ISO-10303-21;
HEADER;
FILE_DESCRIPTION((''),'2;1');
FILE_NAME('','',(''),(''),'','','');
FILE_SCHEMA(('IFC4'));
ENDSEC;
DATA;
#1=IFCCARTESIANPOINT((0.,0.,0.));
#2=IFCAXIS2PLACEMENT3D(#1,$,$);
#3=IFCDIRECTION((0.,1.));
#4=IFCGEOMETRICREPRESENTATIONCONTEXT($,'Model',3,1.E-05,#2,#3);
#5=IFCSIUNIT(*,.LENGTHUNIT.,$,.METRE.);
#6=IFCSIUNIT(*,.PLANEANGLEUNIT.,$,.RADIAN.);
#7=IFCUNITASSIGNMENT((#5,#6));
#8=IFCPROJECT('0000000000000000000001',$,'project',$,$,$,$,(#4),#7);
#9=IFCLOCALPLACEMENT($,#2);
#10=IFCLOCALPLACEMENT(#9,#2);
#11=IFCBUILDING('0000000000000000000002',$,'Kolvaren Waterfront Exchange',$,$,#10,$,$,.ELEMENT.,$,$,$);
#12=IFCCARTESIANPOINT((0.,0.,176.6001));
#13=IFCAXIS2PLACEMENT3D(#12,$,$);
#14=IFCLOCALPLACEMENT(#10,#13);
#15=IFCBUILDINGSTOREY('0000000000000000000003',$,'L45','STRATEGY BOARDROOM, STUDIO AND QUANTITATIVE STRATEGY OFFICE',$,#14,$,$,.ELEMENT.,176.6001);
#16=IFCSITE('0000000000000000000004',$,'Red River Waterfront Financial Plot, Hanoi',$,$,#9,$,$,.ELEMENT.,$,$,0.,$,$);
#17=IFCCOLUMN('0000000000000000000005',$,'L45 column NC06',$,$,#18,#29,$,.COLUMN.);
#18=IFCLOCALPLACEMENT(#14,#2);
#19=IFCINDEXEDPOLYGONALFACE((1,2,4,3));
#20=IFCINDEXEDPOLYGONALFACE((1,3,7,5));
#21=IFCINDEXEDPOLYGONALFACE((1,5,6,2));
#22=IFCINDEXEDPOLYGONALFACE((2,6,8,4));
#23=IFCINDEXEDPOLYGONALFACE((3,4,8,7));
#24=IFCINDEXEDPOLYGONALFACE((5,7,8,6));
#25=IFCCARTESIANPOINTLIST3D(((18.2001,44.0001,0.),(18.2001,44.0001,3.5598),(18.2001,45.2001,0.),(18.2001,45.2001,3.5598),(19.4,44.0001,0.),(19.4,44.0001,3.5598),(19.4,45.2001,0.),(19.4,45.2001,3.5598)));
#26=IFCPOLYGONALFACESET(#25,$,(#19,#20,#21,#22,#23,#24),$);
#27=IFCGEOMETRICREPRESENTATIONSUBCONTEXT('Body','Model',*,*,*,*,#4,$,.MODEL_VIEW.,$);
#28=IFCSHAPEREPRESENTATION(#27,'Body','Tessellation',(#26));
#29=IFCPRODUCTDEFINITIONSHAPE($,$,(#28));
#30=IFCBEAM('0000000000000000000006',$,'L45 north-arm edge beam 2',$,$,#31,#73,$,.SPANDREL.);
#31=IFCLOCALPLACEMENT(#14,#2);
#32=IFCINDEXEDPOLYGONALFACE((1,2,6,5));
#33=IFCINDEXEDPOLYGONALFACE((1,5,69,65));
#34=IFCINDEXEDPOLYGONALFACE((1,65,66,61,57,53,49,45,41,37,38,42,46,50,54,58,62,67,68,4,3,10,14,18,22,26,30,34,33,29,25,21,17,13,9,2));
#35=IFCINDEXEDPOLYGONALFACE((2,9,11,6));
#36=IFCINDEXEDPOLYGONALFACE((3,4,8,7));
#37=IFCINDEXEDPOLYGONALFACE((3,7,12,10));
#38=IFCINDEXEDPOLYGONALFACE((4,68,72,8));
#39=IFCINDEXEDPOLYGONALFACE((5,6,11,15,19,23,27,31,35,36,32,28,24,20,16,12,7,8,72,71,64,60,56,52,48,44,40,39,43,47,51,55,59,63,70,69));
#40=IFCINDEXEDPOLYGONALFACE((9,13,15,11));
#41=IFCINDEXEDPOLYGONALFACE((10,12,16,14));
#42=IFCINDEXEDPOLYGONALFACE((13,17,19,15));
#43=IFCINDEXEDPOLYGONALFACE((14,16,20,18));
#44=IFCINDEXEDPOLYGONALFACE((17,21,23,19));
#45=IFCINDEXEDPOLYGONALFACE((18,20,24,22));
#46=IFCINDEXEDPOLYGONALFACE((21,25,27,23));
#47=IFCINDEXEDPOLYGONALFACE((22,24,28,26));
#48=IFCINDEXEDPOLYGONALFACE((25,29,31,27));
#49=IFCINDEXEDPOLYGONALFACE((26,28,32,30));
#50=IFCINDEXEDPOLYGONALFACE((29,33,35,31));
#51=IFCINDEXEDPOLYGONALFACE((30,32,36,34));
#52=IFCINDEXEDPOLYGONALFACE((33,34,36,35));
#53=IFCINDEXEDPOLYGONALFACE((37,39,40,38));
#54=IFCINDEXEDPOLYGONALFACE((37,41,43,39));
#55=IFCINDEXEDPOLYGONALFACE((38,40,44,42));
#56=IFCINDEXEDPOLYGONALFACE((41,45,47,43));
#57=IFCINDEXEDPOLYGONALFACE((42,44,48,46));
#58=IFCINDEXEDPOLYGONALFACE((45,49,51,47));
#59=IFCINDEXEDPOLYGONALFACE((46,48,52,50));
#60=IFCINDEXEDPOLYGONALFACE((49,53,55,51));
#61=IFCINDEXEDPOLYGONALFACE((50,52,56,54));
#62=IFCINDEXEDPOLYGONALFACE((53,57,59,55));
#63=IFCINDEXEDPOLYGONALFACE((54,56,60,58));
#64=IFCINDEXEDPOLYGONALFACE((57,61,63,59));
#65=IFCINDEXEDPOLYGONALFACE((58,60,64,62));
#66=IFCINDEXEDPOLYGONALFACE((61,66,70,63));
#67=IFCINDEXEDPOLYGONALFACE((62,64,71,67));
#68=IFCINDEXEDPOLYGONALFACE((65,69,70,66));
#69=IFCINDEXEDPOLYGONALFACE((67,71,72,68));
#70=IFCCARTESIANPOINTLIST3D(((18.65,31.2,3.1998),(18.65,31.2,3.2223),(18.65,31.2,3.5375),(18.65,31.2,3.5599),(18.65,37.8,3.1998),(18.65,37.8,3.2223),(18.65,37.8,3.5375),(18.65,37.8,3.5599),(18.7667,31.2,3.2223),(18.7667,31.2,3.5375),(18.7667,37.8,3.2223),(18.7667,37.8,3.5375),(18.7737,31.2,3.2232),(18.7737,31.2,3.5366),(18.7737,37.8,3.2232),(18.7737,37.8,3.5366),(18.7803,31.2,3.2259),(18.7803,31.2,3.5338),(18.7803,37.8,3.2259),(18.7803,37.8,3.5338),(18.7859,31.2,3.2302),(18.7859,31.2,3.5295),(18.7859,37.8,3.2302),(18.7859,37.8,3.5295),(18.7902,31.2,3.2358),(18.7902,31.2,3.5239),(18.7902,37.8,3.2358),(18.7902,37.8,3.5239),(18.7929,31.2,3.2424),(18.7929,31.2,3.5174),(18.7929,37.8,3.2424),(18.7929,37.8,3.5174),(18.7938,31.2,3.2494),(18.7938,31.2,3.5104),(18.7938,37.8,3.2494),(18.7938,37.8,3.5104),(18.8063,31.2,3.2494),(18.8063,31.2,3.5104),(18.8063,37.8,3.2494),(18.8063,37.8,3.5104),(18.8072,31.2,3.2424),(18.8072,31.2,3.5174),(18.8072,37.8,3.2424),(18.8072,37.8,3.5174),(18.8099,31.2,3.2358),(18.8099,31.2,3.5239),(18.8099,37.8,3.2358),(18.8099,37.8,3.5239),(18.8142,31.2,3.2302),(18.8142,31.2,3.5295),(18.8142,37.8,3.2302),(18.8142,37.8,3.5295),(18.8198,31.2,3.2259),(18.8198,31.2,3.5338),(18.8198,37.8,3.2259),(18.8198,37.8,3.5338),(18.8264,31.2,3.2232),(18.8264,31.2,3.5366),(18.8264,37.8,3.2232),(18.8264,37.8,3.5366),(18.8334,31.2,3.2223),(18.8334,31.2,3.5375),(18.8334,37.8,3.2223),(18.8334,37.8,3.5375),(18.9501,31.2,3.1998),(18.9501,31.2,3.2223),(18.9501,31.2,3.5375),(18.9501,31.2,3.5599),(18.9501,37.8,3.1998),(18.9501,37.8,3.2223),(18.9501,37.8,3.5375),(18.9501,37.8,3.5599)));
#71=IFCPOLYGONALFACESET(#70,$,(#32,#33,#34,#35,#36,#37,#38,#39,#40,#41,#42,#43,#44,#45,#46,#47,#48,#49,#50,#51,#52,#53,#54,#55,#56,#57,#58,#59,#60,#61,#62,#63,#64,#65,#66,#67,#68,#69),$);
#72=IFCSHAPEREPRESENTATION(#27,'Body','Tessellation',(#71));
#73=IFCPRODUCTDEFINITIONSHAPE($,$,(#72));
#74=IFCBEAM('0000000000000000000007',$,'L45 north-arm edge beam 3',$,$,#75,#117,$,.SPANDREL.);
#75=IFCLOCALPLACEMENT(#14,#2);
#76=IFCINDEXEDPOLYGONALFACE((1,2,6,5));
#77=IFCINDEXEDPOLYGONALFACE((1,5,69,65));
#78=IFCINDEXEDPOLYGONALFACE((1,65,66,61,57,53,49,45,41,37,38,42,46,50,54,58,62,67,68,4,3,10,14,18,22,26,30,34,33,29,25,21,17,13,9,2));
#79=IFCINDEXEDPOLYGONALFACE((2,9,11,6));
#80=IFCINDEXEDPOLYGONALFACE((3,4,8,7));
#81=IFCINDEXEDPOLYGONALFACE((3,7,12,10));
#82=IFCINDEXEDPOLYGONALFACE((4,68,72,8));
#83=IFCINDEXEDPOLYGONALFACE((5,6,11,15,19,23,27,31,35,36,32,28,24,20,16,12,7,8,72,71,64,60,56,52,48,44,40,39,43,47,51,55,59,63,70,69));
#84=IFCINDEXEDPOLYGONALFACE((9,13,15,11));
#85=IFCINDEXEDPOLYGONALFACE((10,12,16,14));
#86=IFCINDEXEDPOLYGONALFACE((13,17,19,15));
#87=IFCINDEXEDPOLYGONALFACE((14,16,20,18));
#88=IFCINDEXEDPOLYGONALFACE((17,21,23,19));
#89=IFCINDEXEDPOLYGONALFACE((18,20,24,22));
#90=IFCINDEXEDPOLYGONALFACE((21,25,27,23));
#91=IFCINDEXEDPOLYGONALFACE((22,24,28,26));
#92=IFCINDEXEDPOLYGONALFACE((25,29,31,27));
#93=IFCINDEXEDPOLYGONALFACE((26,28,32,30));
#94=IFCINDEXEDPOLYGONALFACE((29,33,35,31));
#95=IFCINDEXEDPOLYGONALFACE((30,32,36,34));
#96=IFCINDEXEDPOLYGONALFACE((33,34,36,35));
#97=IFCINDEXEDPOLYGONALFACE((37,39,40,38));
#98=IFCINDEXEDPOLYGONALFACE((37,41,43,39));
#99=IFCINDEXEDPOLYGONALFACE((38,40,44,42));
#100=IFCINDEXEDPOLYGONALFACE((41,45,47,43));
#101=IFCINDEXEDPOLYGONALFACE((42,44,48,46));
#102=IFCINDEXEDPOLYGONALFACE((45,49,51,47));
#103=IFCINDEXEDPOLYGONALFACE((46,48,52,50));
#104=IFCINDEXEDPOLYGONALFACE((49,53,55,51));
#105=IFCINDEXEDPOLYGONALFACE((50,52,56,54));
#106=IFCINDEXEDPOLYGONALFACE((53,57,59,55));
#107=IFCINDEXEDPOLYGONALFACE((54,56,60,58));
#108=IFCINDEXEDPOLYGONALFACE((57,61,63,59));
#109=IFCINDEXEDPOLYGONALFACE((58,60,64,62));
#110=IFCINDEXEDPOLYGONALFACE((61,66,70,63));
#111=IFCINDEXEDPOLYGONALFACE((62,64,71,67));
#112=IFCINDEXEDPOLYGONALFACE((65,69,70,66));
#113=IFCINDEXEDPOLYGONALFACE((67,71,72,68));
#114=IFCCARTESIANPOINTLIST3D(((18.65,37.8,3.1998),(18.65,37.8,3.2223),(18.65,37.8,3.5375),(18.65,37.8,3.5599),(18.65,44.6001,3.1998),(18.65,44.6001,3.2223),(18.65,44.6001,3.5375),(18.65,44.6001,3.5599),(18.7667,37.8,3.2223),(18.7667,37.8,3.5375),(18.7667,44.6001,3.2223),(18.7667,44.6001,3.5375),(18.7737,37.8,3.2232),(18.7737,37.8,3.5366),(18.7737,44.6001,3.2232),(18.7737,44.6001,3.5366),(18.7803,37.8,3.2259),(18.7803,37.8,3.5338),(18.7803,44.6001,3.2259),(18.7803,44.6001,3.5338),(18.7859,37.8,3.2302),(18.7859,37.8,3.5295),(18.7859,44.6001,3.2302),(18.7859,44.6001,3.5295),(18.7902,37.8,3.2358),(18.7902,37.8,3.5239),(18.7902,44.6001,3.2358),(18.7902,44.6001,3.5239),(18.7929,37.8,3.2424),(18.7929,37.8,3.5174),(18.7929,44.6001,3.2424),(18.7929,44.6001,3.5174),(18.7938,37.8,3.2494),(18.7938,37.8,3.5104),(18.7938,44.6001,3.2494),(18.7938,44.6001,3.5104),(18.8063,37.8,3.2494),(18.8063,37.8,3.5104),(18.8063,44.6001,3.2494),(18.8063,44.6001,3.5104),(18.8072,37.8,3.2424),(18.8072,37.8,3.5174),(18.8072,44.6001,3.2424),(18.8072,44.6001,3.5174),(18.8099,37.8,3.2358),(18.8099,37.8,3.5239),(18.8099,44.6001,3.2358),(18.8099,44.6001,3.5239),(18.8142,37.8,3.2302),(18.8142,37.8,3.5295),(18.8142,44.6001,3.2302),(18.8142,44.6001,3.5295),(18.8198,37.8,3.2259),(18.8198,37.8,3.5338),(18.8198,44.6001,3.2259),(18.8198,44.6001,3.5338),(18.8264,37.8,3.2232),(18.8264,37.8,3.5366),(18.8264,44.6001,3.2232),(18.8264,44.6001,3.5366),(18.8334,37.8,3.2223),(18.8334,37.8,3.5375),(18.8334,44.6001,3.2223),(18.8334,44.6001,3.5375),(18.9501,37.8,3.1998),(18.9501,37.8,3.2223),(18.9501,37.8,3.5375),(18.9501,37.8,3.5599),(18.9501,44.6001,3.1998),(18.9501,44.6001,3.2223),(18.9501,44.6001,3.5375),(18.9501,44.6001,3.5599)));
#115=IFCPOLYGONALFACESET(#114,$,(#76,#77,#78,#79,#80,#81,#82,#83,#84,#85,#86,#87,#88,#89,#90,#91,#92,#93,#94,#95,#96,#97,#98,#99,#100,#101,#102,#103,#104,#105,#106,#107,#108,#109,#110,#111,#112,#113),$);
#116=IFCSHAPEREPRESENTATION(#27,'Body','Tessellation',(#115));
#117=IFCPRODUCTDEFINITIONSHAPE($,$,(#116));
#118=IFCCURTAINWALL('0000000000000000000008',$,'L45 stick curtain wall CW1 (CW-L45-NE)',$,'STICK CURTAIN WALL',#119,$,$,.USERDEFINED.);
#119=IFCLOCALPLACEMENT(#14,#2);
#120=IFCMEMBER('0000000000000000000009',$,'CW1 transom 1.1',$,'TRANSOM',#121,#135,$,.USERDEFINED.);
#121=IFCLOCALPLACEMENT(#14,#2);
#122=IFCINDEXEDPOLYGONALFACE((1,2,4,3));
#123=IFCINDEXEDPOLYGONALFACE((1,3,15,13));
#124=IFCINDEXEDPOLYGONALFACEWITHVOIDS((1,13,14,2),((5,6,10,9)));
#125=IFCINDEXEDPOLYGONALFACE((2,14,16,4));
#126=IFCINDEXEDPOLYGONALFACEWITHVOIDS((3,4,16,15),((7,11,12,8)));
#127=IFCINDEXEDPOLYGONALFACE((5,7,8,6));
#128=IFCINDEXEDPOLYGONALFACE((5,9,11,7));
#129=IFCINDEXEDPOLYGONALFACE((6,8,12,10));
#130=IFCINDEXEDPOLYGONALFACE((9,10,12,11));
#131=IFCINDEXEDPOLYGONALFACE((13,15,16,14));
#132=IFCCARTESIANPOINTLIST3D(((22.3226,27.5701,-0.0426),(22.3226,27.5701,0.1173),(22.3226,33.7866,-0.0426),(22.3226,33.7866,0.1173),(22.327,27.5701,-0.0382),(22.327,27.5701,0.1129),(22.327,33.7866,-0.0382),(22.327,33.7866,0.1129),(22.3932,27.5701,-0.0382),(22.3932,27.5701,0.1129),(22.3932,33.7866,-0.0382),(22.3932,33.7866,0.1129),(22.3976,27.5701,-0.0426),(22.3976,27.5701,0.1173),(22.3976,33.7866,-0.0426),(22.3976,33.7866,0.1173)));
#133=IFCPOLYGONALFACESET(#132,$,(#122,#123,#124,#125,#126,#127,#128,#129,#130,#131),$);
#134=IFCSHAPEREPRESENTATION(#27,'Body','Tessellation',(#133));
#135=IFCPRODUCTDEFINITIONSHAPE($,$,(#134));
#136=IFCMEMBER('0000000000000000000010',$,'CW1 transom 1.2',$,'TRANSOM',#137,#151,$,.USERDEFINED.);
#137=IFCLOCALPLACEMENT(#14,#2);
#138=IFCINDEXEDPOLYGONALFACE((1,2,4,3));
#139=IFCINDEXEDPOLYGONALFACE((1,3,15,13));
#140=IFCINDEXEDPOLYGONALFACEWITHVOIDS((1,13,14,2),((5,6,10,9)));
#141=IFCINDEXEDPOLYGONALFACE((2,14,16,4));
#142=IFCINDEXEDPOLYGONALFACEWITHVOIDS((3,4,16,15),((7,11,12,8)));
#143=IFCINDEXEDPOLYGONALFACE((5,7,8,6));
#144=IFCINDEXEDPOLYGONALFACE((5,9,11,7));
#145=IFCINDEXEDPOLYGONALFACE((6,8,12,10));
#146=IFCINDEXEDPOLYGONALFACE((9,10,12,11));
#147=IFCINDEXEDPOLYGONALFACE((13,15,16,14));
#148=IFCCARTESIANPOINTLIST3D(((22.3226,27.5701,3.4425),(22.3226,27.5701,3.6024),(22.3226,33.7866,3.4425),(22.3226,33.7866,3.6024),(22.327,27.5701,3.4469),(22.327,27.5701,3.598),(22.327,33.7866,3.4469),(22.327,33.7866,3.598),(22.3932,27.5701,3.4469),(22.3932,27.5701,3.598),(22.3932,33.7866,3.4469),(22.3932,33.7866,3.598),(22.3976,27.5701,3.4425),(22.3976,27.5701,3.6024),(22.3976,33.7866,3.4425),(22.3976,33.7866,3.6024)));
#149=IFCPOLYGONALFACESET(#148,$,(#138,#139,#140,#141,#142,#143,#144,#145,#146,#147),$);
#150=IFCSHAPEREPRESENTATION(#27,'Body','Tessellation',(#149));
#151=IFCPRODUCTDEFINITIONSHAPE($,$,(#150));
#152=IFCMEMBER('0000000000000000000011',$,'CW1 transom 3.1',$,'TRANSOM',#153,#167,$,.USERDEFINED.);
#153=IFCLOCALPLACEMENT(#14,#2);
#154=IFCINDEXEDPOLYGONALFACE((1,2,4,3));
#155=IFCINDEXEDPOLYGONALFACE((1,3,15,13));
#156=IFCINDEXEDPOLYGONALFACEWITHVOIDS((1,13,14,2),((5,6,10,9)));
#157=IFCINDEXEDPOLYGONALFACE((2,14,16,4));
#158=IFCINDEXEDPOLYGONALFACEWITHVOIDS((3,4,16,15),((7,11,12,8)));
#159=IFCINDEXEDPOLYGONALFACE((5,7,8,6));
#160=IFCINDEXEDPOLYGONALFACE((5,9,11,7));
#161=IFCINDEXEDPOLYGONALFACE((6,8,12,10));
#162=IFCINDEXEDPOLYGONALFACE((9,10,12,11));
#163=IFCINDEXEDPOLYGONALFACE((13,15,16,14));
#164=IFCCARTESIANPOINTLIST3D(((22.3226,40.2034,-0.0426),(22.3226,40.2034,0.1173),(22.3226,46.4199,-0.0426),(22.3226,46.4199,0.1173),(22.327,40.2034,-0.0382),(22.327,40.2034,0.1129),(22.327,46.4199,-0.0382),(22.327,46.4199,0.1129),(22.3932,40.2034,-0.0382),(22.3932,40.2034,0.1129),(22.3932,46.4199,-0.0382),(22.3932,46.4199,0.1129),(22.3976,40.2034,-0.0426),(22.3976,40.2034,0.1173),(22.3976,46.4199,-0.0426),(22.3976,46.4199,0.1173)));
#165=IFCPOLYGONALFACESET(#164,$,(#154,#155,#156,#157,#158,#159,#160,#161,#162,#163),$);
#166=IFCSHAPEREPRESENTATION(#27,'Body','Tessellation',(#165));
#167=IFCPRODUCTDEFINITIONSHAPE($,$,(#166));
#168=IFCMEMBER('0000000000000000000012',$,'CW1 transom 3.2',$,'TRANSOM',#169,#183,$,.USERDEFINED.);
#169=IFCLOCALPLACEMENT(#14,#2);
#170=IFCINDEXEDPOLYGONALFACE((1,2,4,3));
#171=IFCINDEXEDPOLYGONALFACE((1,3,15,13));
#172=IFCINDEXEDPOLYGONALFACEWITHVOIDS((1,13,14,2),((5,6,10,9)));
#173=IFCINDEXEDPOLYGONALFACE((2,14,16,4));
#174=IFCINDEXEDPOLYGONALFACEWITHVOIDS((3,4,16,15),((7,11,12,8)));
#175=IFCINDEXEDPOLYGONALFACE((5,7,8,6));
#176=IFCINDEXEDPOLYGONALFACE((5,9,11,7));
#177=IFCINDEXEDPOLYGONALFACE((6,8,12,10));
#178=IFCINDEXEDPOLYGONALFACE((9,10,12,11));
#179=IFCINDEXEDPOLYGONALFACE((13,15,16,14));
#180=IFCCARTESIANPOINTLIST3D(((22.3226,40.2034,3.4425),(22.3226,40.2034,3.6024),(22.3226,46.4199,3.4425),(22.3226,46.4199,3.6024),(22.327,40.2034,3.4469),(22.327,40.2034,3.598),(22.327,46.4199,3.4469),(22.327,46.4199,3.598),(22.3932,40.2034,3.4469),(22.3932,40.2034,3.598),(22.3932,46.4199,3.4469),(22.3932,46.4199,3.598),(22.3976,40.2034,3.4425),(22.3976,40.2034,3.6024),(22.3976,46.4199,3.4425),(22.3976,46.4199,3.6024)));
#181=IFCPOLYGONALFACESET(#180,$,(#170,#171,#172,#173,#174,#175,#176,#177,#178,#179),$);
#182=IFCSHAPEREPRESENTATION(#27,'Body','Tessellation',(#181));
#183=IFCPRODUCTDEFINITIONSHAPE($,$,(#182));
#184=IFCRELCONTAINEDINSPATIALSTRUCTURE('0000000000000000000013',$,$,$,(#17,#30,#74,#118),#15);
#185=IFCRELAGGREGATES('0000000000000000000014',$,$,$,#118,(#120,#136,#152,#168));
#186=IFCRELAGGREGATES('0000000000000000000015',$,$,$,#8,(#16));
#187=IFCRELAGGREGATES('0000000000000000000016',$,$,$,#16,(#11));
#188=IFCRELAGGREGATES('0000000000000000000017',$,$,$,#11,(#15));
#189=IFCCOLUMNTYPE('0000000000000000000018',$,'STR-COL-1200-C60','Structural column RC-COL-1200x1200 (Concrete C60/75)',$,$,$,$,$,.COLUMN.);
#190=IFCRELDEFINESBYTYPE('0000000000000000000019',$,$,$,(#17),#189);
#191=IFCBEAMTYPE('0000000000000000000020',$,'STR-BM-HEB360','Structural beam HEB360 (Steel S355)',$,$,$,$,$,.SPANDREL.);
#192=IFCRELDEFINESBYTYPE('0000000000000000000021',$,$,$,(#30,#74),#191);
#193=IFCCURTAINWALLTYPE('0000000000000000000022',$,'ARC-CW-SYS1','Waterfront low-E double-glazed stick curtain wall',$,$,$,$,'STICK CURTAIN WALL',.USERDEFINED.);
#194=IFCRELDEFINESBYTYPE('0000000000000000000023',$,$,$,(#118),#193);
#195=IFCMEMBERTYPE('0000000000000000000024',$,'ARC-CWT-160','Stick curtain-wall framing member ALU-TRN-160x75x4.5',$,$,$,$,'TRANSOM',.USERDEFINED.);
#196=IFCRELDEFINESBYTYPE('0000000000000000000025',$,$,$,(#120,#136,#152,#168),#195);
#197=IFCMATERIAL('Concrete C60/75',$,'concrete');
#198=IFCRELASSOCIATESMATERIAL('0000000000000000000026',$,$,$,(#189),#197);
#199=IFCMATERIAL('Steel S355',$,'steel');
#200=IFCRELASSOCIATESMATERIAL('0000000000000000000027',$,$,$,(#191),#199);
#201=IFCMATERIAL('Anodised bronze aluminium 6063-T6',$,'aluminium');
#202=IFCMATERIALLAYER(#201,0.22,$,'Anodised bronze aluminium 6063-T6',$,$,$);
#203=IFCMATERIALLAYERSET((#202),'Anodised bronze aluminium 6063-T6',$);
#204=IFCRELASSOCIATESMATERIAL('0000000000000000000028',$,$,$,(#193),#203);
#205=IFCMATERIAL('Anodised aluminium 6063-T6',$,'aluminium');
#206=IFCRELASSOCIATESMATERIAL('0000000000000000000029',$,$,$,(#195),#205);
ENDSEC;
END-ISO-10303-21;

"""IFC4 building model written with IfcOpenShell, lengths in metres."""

from ifc_helpers import new_model, si_unit, direction, frame, origin, origin_with_axes, origin_2d, place, context, subcontext, project, spatial, rectangle, hollow_rectangle, i_section, extrude, source, transform, mapped, material, layer, layer_set, material_profile, profile_set, type_object, element, aggregate, save


model = new_model("IFC4")

# Units and contexts
model_context = context("Model", 3, precision=1e-05, world=origin(), true_north=direction((0.0, 1.0)))
body_context = subcontext(model_context, "Body", "Model", "MODEL_VIEW")
ifc_project = project(units=[si_unit("LENGTHUNIT", "METRE"), si_unit("PLANEANGLEUNIT", "RADIAN")], contexts=[model_context])

# Site, building, storey
site_placement = place(None, origin())
site = spatial("IfcSite", under=ifc_project, at=site_placement, Name="Red River Waterfront Financial Plot, Hanoi", CompositionType="ELEMENT", RefElevation=0.0)
building_placement = place(site_placement, origin())
building = spatial("IfcBuilding", under=site, at=building_placement, Name="Kolvaren Waterfront Exchange", CompositionType="ELEMENT")
storey_placement = place(building_placement, frame((0.0, 0.0, 176.6001)))
storey = spatial("IfcBuildingStorey", under=building, at=storey_placement, Name="L45", Description="STRATEGY BOARDROOM, STUDIO AND QUANTITATIVE STRATEGY OFFICE", CompositionType="ELEMENT", Elevation=176.6001)

# Column
ifc_material_1 = material(Name="Concrete C60/75", Category="concrete")
ifc_material_profile_1 = material_profile(ifc_material_1, rectangle(XDim=1.2, YDim=1.2, at=origin_2d()), Name="RC-COL-1200x1200")
ifc_profile_set_1 = profile_set([ifc_material_profile_1], Name="Concrete C60/75")
column_type = type_object("IfcColumnType", Name="STR-COL-1200-C60", Description="Structural column RC-COL-1200x1200 (Concrete C60/75)", PredefinedType="COLUMN", material=ifc_profile_set_1)
column_placement = place(storey_placement, frame((18.8, 44.6001, 0.0), z_axis=(0.0, 0.0, 1.0), x_axis=(1.0, 0.0, 0.0)))
element("IfcColumn", 1, at=column_placement, inside=storey, type_object=column_type, Name="L45 column NC06", PredefinedType="COLUMN", context=body_context, shape_type="SweptSolid", body=[
    extrude(rectangle(XDim=1.2, YDim=1.2, at=origin_2d()), origin(), (0.0, 0.0, 1.0), 3.5598),
])

# Beams
ifc_material_2 = material(Name="Steel S355", Category="steel")
ifc_material_profile_2 = material_profile(ifc_material_2, i_section(OverallWidth=0.3, OverallDepth=0.3601, WebThickness=0.0125, FlangeThickness=0.0225, FilletRadius=0.0271, at=origin_2d()), Name="HEB360")
ifc_profile_set_2 = profile_set([ifc_material_profile_2], Name="Steel S355")
beam_type = type_object("IfcBeamType", Name="STR-BM-HEB360", Description="Structural beam HEB360 (Steel S355)", PredefinedType="SPANDREL", material=ifc_profile_set_2)
beam_1_placement = place(storey_placement, frame((18.8, 31.2, 3.3799), z_axis=(0.0, 1.0, 0.0), x_axis=(-1.0, 0.0, 0.0)))
element("IfcBeam", 2, at=beam_1_placement, inside=storey, type_object=beam_type, Name="L45 north-arm edge beam 2", PredefinedType="SPANDREL", context=body_context, shape_type="SweptSolid", body=[
    extrude(i_section(OverallWidth=0.3, OverallDepth=0.3601, WebThickness=0.0125, FlangeThickness=0.0225, FilletRadius=0.0271, at=origin_2d()), origin(), (0.0, 0.0, 1.0), 6.6001),
])
beam_2_placement = place(storey_placement, frame((18.8, 37.8, 3.3799), z_axis=(0.0, 1.0, 0.0), x_axis=(-1.0, 0.0, 0.0)))
element("IfcBeam", 3, at=beam_2_placement, inside=storey, type_object=beam_type, Name="L45 north-arm edge beam 3", PredefinedType="SPANDREL", context=body_context, shape_type="SweptSolid", body=[
    extrude(i_section(OverallWidth=0.3, OverallDepth=0.3601, WebThickness=0.0125, FlangeThickness=0.0225, FilletRadius=0.0271, at=origin_2d()), origin(), (0.0, 0.0, 1.0), 6.8),
])

# Curtain wall, members
ifc_material_3 = material(Name="Anodised bronze aluminium 6063-T6", Category="aluminium")
ifc_layer_1 = layer(ifc_material_3, 0.22, Name="Anodised bronze aluminium 6063-T6")
ifc_layer_set_1 = layer_set([ifc_layer_1], Name="Anodised bronze aluminium 6063-T6")
curtain_wall_type = type_object("IfcCurtainWallType", Name="ARC-CW-SYS1", Description="Waterfront low-E double-glazed stick curtain wall", ElementType="STICK CURTAIN WALL", PredefinedType="USERDEFINED", material=ifc_layer_set_1)
curtain_wall_placement = place(storey_placement, origin())
curtain_wall = element("IfcCurtainWall", 4, at=curtain_wall_placement, inside=storey, type_object=curtain_wall_type, Name="L45 stick curtain wall CW1 (CW-L45-NE)", ObjectType="STICK CURTAIN WALL", PredefinedType="USERDEFINED")
ifc_material_4 = material(Name="Anodised aluminium 6063-T6", Category="aluminium")
ifc_material_profile_3 = material_profile(ifc_material_4, hollow_rectangle(XDim=0.075, YDim=0.1599, WallThickness=0.0044, at=origin_2d()), Name="ALU-TRN-160x75x4.5")
ifc_profile_set_3 = profile_set([ifc_material_profile_3], Name="Anodised aluminium 6063-T6")
member_type_1 = type_object("IfcMemberType", Name="ARC-CWT-160", Description="Stick curtain-wall framing member ALU-TRN-160x75x4.5", ElementType="TRANSOM", PredefinedType="USERDEFINED", material=ifc_profile_set_3)
shared_shape_1 = source(origin_with_axes(), body_context, "Body", "SweptSolid", [
    extrude(hollow_rectangle(XDim=0.075, YDim=0.1599, WallThickness=0.0044, at=origin_2d()), origin(), (0.0, 0.0, 1.0), 6.2166),
])
member_1_placement = place(storey_placement, frame((22.3601, 27.5701, 0.0374), z_axis=(0.0, 1.0, 0.0), x_axis=(-1.0, 0.0, 0.0)))
member_1 = element("IfcMember", 5, at=member_1_placement, type_object=member_type_1, Name="CW1 transom 1.1", ObjectType="TRANSOM", PredefinedType="USERDEFINED", context=body_context, shape_type="MappedRepresentation", body=[
    mapped(shared_shape_1, transform((0.0, 0.0, 0.0), x_axis=(1.0, 0.0, 0.0), y_axis=(0.0, 1.0, 0.0), z_axis=(0.0, 0.0, 1.0), scale=1.0)),
])
member_2_placement = place(storey_placement, frame((22.3601, 27.5701, 3.5225), z_axis=(0.0, 1.0, 0.0), x_axis=(-1.0, 0.0, 0.0)))
member_2 = element("IfcMember", 6, at=member_2_placement, type_object=member_type_1, Name="CW1 transom 1.2", ObjectType="TRANSOM", PredefinedType="USERDEFINED", context=body_context, shape_type="MappedRepresentation", body=[
    mapped(shared_shape_1, transform((0.0, 0.0, 0.0), x_axis=(1.0, 0.0, 0.0), y_axis=(0.0, 1.0, 0.0), z_axis=(0.0, 0.0, 1.0), scale=1.0)),
])
member_3_placement = place(storey_placement, frame((22.3601, 40.2034, 0.0374), z_axis=(0.0, 1.0, 0.0), x_axis=(-1.0, 0.0, 0.0)))
member_3 = element("IfcMember", 7, at=member_3_placement, type_object=member_type_1, Name="CW1 transom 3.1", ObjectType="TRANSOM", PredefinedType="USERDEFINED", context=body_context, shape_type="MappedRepresentation", body=[
    mapped(shared_shape_1, transform((0.0, 0.0, 0.0), x_axis=(1.0, 0.0, 0.0), y_axis=(0.0, 1.0, 0.0), z_axis=(0.0, 0.0, 1.0), scale=1.0)),
])
member_4_placement = place(storey_placement, frame((22.3601, 40.2034, 3.5225), z_axis=(0.0, 1.0, 0.0), x_axis=(-1.0, 0.0, 0.0)))
member_4 = element("IfcMember", 8, at=member_4_placement, type_object=member_type_1, Name="CW1 transom 3.2", ObjectType="TRANSOM", PredefinedType="USERDEFINED", context=body_context, shape_type="MappedRepresentation", body=[
    mapped(shared_shape_1, transform((0.0, 0.0, 0.0), x_axis=(1.0, 0.0, 0.0), y_axis=(0.0, 1.0, 0.0), z_axis=(0.0, 0.0, 1.0), scale=1.0)),
])
aggregate(curtain_wall, [member_1, member_2, member_3, member_4])

save(model, "model.ifc")
